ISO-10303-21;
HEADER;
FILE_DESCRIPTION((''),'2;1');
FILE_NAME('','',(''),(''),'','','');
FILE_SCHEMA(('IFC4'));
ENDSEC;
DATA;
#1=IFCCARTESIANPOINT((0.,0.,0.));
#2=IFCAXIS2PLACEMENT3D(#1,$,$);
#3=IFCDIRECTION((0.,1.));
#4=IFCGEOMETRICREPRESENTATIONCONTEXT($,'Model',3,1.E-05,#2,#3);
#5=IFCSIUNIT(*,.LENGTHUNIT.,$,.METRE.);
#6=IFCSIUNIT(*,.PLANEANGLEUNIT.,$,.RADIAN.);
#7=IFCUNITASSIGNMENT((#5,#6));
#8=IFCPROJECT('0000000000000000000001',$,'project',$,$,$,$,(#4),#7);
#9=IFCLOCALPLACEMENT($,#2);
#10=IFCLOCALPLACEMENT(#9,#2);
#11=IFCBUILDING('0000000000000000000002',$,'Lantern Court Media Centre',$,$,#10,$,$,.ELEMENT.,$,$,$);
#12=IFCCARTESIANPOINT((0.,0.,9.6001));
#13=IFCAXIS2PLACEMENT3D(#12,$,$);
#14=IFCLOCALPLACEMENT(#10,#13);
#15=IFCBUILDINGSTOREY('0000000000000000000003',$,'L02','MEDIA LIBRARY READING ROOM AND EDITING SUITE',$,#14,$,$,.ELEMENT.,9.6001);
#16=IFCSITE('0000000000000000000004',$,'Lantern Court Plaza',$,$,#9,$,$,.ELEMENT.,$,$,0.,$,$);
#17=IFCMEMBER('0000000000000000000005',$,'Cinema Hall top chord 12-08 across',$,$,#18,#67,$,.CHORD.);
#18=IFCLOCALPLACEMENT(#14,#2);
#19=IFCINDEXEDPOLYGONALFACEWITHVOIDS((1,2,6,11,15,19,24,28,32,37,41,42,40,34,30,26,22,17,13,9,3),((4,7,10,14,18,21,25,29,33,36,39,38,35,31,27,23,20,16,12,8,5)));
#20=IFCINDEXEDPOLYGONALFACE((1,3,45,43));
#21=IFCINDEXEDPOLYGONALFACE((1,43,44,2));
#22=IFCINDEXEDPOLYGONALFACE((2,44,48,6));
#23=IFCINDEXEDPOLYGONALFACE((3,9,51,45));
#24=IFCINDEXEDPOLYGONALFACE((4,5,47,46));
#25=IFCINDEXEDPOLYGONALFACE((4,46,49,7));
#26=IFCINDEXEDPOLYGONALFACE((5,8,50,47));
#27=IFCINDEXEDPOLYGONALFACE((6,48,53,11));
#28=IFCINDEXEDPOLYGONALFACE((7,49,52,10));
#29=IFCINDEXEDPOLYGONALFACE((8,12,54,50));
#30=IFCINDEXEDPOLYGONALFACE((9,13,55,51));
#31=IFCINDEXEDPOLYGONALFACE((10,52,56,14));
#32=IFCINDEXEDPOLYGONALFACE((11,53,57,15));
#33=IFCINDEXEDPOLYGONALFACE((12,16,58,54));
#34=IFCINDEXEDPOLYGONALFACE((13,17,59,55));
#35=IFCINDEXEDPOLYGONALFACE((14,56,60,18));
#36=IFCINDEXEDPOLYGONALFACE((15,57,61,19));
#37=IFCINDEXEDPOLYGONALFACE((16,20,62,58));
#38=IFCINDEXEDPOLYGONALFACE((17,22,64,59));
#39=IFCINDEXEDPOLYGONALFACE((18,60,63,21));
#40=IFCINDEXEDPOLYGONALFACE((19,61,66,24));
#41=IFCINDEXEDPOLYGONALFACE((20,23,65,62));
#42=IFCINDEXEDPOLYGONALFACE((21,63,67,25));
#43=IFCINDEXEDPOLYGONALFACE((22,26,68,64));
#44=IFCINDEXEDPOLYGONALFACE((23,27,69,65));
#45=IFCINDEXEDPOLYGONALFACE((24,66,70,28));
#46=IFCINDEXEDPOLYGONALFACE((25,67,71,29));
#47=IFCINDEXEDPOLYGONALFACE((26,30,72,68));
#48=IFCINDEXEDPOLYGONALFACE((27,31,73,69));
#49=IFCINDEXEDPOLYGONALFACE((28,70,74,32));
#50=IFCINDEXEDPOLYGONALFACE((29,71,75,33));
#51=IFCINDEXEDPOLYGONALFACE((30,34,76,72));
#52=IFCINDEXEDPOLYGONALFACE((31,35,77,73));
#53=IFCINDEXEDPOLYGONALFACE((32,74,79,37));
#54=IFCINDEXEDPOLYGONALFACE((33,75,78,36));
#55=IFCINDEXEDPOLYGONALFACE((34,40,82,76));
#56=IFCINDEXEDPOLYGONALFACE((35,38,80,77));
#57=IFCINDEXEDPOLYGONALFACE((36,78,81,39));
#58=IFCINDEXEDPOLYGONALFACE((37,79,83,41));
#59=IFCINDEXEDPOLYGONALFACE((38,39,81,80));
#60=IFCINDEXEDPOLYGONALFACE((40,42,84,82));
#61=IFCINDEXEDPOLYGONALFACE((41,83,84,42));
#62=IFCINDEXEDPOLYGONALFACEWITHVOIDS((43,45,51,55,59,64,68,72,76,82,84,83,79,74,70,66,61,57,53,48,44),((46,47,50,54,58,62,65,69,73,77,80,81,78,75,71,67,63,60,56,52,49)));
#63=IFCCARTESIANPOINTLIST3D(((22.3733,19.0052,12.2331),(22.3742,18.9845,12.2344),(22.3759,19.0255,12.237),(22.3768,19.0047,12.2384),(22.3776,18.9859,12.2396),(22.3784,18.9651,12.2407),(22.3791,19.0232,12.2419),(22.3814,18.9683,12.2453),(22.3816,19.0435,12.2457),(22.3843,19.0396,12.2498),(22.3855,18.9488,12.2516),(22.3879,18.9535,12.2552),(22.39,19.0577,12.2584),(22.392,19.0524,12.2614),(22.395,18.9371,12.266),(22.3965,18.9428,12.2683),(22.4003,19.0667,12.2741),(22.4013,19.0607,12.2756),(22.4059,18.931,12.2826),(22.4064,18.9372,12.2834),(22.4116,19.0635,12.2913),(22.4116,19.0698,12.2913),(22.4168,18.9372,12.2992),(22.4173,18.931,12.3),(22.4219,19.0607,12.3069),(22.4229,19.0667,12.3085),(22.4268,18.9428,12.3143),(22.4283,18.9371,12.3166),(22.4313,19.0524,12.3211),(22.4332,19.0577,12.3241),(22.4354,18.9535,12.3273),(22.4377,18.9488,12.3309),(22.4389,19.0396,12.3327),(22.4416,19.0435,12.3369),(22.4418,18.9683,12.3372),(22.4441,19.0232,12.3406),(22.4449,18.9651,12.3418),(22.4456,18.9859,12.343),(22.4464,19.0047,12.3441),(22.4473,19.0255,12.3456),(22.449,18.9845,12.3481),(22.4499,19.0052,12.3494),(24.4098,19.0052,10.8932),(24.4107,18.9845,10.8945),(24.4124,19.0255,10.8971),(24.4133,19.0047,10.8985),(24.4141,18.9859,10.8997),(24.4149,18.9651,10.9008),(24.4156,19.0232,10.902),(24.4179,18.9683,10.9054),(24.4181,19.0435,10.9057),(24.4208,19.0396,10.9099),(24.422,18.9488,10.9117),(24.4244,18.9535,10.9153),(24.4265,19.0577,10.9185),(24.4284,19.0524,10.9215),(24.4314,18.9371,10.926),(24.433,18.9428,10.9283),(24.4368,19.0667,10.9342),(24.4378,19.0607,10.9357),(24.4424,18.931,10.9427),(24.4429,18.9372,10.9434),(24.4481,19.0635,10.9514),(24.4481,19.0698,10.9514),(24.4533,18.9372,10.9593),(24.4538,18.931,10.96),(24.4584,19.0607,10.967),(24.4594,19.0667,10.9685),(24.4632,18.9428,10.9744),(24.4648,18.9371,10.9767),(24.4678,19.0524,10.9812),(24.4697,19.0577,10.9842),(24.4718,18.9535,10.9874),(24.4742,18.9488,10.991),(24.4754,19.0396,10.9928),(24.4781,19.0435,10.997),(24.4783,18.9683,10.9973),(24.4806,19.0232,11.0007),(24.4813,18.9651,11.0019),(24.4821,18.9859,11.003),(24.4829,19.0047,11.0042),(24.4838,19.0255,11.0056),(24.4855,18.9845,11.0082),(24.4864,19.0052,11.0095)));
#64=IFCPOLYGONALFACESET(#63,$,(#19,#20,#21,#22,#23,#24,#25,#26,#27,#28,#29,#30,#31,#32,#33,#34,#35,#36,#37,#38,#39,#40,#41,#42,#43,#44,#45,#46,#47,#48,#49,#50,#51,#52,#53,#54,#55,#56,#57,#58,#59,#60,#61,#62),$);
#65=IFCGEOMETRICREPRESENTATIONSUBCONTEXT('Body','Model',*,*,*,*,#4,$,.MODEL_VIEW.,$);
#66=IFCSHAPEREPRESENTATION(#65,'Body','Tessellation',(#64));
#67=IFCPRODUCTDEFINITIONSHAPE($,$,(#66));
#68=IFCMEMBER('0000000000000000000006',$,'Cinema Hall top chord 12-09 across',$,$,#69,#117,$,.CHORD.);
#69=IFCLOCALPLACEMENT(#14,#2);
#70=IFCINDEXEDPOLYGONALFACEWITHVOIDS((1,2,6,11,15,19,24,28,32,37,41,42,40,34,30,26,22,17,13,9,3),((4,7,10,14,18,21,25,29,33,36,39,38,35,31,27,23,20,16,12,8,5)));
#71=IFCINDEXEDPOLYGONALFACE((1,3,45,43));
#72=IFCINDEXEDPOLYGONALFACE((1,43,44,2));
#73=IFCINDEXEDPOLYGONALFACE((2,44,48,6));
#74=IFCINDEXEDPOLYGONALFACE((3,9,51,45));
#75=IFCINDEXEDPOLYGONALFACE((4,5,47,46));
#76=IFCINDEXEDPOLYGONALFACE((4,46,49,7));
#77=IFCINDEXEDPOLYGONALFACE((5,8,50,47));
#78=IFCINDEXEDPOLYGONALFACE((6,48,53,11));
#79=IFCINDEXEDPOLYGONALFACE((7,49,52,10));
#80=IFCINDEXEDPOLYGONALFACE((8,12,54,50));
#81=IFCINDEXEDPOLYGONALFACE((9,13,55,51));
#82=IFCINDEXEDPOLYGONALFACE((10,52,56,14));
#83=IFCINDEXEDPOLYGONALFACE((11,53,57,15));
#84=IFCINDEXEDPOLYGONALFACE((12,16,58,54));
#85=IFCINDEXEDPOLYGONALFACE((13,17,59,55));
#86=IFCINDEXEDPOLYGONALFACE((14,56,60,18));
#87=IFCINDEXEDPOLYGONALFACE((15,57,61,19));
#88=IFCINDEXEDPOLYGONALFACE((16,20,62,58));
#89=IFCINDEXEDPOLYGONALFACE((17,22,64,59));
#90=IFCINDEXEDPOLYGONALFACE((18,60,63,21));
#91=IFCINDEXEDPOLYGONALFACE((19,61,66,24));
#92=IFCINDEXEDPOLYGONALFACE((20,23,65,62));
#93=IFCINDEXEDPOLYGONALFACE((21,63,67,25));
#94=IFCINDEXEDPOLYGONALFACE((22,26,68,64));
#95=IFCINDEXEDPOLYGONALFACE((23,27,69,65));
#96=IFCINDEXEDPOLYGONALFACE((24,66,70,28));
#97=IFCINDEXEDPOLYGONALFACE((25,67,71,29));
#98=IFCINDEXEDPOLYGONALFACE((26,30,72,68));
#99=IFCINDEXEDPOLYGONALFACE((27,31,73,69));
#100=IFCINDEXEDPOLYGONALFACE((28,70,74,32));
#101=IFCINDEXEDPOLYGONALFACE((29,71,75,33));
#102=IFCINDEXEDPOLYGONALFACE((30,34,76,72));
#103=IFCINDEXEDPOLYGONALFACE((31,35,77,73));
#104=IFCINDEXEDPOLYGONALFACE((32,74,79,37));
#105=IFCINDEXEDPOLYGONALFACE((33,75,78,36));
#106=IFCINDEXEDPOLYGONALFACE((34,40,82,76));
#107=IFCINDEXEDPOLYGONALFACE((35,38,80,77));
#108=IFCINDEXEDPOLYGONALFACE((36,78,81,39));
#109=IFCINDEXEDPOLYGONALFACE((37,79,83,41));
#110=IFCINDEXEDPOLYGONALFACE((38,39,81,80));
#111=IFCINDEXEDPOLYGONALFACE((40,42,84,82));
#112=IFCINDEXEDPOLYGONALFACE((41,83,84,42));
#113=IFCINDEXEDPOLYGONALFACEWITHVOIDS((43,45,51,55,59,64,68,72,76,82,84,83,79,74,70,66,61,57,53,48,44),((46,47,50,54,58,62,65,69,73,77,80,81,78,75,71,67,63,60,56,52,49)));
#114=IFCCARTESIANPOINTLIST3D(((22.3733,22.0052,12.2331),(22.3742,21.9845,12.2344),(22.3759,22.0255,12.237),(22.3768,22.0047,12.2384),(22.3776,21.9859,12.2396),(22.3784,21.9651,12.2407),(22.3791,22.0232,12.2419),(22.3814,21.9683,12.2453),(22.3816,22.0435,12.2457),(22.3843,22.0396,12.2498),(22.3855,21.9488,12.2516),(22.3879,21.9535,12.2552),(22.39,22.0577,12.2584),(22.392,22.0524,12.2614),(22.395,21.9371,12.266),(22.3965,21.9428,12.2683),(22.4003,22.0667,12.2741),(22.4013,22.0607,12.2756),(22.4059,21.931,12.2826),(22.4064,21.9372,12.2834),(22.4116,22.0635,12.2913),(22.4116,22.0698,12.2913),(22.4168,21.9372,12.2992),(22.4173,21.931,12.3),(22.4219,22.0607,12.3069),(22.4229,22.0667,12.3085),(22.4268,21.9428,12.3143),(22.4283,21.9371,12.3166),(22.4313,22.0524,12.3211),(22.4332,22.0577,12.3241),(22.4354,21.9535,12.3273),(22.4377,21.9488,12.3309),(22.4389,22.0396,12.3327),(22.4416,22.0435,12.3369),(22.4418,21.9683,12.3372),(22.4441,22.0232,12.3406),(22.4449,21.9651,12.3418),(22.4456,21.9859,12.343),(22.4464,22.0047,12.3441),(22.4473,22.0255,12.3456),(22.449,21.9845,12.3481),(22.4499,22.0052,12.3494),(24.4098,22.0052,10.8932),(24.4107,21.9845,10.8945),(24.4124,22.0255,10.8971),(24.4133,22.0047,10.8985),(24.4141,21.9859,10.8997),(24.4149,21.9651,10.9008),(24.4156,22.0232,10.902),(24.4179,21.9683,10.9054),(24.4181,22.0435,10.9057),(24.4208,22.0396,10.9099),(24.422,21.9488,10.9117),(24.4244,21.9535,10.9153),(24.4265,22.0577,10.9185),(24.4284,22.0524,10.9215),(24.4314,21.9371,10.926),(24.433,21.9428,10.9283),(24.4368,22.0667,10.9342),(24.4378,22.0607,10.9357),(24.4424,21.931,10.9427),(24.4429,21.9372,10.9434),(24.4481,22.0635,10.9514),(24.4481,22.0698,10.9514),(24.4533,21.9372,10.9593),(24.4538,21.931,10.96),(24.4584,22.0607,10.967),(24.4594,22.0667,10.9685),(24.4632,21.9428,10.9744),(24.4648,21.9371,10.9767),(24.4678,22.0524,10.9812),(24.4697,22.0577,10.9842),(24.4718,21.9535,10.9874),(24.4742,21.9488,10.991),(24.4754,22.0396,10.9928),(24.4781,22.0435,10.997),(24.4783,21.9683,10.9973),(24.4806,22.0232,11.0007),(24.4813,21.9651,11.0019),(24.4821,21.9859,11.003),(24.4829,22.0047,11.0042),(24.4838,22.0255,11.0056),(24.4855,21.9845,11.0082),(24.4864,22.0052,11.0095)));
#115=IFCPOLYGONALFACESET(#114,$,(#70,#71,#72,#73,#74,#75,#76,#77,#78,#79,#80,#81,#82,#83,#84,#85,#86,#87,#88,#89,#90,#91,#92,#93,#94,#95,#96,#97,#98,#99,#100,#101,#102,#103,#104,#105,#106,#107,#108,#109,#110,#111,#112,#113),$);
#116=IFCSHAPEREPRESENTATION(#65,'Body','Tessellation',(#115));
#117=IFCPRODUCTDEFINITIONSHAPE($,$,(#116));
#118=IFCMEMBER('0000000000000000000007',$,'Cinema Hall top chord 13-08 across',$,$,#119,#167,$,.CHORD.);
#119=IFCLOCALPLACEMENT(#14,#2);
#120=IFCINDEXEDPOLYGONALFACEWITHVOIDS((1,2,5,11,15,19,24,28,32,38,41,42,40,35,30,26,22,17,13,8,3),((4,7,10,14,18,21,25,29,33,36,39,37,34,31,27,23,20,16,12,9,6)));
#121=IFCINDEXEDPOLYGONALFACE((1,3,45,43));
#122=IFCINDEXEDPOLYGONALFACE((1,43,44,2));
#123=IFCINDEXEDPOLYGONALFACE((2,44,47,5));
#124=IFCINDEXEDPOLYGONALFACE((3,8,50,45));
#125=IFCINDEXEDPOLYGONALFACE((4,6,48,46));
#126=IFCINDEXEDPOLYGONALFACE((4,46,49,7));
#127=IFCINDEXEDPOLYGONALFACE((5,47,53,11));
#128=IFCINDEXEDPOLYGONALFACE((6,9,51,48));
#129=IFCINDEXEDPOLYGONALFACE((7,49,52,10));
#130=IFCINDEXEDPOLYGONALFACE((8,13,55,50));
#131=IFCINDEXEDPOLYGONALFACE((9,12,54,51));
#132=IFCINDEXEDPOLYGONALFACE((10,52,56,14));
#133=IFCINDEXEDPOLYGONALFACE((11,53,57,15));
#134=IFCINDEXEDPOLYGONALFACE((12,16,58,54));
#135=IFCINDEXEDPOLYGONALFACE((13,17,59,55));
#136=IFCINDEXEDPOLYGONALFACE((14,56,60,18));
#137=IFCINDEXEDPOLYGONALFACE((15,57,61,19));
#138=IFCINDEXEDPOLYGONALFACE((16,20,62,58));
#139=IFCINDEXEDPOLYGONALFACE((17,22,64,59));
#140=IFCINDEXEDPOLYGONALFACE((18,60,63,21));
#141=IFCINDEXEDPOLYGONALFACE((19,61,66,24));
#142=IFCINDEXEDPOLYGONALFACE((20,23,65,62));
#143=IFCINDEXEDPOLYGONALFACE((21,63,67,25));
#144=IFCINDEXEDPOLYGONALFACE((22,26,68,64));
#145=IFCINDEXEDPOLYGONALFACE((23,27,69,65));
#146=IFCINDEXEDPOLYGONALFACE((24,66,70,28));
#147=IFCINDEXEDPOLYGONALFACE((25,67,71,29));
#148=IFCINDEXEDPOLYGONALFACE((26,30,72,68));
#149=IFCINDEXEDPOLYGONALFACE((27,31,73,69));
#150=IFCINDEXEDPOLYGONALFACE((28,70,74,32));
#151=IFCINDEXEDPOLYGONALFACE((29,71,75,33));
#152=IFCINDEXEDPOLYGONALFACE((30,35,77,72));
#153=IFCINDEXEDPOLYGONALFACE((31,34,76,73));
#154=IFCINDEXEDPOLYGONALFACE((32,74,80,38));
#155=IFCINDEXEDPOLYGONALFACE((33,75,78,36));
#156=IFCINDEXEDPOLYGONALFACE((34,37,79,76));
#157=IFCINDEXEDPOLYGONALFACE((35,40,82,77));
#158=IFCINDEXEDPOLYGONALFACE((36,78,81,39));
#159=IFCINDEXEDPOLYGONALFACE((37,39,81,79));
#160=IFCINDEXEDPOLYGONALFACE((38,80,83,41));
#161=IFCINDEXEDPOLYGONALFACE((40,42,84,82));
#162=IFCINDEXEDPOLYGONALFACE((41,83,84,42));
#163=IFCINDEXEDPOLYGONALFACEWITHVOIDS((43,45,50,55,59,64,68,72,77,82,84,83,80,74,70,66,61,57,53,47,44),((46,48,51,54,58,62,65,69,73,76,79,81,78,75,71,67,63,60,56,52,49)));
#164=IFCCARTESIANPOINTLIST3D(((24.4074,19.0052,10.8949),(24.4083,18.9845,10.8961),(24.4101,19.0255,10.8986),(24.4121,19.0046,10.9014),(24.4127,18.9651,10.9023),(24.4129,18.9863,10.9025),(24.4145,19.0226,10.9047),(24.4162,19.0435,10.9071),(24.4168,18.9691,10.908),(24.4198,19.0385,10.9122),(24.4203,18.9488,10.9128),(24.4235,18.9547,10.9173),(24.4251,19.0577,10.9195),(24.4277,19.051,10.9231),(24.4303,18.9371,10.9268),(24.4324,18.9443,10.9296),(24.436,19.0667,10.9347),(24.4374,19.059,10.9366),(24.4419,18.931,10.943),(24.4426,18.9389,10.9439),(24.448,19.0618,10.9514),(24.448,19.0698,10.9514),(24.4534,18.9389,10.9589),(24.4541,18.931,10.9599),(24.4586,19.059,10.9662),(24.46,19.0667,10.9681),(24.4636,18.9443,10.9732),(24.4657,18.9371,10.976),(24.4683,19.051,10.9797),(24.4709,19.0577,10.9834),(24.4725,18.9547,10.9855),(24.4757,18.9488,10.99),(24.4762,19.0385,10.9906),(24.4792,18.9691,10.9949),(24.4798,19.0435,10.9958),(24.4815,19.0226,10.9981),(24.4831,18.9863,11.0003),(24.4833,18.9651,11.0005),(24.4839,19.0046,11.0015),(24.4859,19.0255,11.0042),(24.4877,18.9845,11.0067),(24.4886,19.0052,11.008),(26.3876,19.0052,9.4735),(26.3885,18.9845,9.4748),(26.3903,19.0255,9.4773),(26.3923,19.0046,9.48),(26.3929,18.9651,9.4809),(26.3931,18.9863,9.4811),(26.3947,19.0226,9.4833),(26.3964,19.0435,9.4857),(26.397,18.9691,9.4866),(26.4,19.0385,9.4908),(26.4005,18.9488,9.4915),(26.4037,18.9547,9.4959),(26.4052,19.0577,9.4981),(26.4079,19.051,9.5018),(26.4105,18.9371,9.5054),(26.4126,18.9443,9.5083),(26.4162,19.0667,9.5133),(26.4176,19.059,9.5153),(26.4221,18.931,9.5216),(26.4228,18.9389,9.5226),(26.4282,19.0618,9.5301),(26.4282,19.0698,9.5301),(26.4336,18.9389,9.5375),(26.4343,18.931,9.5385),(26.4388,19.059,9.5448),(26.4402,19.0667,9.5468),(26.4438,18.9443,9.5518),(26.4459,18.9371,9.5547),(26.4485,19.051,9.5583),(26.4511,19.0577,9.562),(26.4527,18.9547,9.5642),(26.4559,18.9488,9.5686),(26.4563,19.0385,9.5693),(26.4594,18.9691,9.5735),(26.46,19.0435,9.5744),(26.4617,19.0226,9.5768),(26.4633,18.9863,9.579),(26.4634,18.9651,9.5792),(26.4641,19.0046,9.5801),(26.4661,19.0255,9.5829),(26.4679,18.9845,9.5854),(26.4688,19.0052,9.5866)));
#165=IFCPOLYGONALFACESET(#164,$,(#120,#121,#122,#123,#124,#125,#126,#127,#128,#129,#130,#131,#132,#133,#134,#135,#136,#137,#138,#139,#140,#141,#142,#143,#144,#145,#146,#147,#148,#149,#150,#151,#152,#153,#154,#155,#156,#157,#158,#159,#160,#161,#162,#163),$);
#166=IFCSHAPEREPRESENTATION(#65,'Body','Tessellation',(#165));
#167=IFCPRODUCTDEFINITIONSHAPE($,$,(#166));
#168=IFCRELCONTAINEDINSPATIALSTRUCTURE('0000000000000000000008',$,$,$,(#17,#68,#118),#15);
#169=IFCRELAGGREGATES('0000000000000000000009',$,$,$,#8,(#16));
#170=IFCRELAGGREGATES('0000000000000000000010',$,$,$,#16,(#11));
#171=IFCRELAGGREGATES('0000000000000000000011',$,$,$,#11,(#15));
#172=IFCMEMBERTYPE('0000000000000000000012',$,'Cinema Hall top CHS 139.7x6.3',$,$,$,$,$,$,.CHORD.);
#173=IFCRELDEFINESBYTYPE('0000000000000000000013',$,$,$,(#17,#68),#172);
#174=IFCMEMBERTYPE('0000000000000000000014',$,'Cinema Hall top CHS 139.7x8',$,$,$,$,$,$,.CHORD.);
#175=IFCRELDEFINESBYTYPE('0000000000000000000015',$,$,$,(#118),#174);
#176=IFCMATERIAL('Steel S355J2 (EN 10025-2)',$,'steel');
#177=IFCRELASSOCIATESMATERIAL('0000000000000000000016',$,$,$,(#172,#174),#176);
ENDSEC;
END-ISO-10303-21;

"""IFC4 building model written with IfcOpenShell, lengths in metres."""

from ifc_helpers import new_model, si_unit, direction, frame, origin, origin_2d, place, context, subcontext, project, spatial, hollow_circle, extrude, material, material_profile, profile_set, type_object, element, save


model = new_model("IFC4")

# Units and contexts
model_context = context("Model", 3, precision=1e-05, world=origin(), true_north=direction((0.0, 1.0)))
body_context = subcontext(model_context, "Body", "Model", "MODEL_VIEW")
ifc_project = project(units=[si_unit("LENGTHUNIT", "METRE"), si_unit("PLANEANGLEUNIT", "RADIAN")], contexts=[model_context])

# Site, building, storey
site_placement = place(None, origin())
site = spatial("IfcSite", under=ifc_project, at=site_placement, Name="Lantern Court Plaza", CompositionType="ELEMENT", RefElevation=0.0)
building_placement = place(site_placement, origin())
building = spatial("IfcBuilding", under=site, at=building_placement, Name="Lantern Court Media Centre", CompositionType="ELEMENT")
storey_placement = place(building_placement, frame((0.0, 0.0, 9.6001)))
storey = spatial("IfcBuildingStorey", under=building, at=storey_placement, Name="L02", Description="MEDIA LIBRARY READING ROOM AND EDITING SUITE", CompositionType="ELEMENT", Elevation=9.6001)

# Members
ifc_material = material(Name="Steel S355J2 (EN 10025-2)", Category="steel")
ifc_material_profile_1 = material_profile(ifc_material, hollow_circle(Radius=0.0698, WallThickness=0.0063, at=origin_2d()), Name="Cinema Hall top CHS 139.7x6.3")
ifc_profile_set_1 = profile_set([ifc_material_profile_1], Name="Steel S355J2 (EN 10025-2)")
member_type_1 = type_object("IfcMemberType", Name="Cinema Hall top CHS 139.7x6.3", PredefinedType="CHORD", material=ifc_profile_set_1)
for number, where, z_axis, x_axis, name in (
    (1, (22.4116, 19.0, 12.2913), (0.835394, 0.0, -0.549651), (0.0, 1.0, 0.0), "Cinema Hall top chord 12-08 across"),
    (2, (22.4116, 22.0, 12.2913), (0.835394, 0.0, -0.549651), (0.0, 1.0, 0.0), "Cinema Hall top chord 12-09 across"),
):
    element("IfcMember", number, at=place(storey_placement, frame(where, z_axis=z_axis, x_axis=x_axis)), inside=storey, type_object=member_type_1, Name=name, PredefinedType="CHORD", context=body_context, shape_type="SweptSolid", body=[
        extrude(hollow_circle(Radius=0.0698, WallThickness=0.0063, at=origin_2d()), origin(), (0.0, 0.0, 1.0), 2.4377),
    ])
ifc_material_profile_2 = material_profile(ifc_material, hollow_circle(Radius=0.0698, WallThickness=0.0081, at=origin_2d()), Name="Cinema Hall top CHS 139.7x8")
ifc_profile_set_2 = profile_set([ifc_material_profile_2], Name="Steel S355J2 (EN 10025-2)")
member_type_2 = type_object("IfcMemberType", Name="Cinema Hall top CHS 139.7x8", PredefinedType="CHORD", material=ifc_profile_set_2)
for number, where, z_axis, x_axis, name in (
    (3, (24.448, 19.0, 10.9514), (0.812385, 0.0, -0.583122), (0.0, 1.0, 0.0), "Cinema Hall top chord 13-08 across"),
):
    element("IfcMember", number, at=place(storey_placement, frame(where, z_axis=z_axis, x_axis=x_axis)), inside=storey, type_object=member_type_2, Name=name, PredefinedType="CHORD", context=body_context, shape_type="SweptSolid", body=[
        extrude(hollow_circle(Radius=0.0698, WallThickness=0.0081, at=origin_2d()), origin(), (0.0, 0.0, 1.0), 2.4375),
    ])

save(model, "model.ifc")
